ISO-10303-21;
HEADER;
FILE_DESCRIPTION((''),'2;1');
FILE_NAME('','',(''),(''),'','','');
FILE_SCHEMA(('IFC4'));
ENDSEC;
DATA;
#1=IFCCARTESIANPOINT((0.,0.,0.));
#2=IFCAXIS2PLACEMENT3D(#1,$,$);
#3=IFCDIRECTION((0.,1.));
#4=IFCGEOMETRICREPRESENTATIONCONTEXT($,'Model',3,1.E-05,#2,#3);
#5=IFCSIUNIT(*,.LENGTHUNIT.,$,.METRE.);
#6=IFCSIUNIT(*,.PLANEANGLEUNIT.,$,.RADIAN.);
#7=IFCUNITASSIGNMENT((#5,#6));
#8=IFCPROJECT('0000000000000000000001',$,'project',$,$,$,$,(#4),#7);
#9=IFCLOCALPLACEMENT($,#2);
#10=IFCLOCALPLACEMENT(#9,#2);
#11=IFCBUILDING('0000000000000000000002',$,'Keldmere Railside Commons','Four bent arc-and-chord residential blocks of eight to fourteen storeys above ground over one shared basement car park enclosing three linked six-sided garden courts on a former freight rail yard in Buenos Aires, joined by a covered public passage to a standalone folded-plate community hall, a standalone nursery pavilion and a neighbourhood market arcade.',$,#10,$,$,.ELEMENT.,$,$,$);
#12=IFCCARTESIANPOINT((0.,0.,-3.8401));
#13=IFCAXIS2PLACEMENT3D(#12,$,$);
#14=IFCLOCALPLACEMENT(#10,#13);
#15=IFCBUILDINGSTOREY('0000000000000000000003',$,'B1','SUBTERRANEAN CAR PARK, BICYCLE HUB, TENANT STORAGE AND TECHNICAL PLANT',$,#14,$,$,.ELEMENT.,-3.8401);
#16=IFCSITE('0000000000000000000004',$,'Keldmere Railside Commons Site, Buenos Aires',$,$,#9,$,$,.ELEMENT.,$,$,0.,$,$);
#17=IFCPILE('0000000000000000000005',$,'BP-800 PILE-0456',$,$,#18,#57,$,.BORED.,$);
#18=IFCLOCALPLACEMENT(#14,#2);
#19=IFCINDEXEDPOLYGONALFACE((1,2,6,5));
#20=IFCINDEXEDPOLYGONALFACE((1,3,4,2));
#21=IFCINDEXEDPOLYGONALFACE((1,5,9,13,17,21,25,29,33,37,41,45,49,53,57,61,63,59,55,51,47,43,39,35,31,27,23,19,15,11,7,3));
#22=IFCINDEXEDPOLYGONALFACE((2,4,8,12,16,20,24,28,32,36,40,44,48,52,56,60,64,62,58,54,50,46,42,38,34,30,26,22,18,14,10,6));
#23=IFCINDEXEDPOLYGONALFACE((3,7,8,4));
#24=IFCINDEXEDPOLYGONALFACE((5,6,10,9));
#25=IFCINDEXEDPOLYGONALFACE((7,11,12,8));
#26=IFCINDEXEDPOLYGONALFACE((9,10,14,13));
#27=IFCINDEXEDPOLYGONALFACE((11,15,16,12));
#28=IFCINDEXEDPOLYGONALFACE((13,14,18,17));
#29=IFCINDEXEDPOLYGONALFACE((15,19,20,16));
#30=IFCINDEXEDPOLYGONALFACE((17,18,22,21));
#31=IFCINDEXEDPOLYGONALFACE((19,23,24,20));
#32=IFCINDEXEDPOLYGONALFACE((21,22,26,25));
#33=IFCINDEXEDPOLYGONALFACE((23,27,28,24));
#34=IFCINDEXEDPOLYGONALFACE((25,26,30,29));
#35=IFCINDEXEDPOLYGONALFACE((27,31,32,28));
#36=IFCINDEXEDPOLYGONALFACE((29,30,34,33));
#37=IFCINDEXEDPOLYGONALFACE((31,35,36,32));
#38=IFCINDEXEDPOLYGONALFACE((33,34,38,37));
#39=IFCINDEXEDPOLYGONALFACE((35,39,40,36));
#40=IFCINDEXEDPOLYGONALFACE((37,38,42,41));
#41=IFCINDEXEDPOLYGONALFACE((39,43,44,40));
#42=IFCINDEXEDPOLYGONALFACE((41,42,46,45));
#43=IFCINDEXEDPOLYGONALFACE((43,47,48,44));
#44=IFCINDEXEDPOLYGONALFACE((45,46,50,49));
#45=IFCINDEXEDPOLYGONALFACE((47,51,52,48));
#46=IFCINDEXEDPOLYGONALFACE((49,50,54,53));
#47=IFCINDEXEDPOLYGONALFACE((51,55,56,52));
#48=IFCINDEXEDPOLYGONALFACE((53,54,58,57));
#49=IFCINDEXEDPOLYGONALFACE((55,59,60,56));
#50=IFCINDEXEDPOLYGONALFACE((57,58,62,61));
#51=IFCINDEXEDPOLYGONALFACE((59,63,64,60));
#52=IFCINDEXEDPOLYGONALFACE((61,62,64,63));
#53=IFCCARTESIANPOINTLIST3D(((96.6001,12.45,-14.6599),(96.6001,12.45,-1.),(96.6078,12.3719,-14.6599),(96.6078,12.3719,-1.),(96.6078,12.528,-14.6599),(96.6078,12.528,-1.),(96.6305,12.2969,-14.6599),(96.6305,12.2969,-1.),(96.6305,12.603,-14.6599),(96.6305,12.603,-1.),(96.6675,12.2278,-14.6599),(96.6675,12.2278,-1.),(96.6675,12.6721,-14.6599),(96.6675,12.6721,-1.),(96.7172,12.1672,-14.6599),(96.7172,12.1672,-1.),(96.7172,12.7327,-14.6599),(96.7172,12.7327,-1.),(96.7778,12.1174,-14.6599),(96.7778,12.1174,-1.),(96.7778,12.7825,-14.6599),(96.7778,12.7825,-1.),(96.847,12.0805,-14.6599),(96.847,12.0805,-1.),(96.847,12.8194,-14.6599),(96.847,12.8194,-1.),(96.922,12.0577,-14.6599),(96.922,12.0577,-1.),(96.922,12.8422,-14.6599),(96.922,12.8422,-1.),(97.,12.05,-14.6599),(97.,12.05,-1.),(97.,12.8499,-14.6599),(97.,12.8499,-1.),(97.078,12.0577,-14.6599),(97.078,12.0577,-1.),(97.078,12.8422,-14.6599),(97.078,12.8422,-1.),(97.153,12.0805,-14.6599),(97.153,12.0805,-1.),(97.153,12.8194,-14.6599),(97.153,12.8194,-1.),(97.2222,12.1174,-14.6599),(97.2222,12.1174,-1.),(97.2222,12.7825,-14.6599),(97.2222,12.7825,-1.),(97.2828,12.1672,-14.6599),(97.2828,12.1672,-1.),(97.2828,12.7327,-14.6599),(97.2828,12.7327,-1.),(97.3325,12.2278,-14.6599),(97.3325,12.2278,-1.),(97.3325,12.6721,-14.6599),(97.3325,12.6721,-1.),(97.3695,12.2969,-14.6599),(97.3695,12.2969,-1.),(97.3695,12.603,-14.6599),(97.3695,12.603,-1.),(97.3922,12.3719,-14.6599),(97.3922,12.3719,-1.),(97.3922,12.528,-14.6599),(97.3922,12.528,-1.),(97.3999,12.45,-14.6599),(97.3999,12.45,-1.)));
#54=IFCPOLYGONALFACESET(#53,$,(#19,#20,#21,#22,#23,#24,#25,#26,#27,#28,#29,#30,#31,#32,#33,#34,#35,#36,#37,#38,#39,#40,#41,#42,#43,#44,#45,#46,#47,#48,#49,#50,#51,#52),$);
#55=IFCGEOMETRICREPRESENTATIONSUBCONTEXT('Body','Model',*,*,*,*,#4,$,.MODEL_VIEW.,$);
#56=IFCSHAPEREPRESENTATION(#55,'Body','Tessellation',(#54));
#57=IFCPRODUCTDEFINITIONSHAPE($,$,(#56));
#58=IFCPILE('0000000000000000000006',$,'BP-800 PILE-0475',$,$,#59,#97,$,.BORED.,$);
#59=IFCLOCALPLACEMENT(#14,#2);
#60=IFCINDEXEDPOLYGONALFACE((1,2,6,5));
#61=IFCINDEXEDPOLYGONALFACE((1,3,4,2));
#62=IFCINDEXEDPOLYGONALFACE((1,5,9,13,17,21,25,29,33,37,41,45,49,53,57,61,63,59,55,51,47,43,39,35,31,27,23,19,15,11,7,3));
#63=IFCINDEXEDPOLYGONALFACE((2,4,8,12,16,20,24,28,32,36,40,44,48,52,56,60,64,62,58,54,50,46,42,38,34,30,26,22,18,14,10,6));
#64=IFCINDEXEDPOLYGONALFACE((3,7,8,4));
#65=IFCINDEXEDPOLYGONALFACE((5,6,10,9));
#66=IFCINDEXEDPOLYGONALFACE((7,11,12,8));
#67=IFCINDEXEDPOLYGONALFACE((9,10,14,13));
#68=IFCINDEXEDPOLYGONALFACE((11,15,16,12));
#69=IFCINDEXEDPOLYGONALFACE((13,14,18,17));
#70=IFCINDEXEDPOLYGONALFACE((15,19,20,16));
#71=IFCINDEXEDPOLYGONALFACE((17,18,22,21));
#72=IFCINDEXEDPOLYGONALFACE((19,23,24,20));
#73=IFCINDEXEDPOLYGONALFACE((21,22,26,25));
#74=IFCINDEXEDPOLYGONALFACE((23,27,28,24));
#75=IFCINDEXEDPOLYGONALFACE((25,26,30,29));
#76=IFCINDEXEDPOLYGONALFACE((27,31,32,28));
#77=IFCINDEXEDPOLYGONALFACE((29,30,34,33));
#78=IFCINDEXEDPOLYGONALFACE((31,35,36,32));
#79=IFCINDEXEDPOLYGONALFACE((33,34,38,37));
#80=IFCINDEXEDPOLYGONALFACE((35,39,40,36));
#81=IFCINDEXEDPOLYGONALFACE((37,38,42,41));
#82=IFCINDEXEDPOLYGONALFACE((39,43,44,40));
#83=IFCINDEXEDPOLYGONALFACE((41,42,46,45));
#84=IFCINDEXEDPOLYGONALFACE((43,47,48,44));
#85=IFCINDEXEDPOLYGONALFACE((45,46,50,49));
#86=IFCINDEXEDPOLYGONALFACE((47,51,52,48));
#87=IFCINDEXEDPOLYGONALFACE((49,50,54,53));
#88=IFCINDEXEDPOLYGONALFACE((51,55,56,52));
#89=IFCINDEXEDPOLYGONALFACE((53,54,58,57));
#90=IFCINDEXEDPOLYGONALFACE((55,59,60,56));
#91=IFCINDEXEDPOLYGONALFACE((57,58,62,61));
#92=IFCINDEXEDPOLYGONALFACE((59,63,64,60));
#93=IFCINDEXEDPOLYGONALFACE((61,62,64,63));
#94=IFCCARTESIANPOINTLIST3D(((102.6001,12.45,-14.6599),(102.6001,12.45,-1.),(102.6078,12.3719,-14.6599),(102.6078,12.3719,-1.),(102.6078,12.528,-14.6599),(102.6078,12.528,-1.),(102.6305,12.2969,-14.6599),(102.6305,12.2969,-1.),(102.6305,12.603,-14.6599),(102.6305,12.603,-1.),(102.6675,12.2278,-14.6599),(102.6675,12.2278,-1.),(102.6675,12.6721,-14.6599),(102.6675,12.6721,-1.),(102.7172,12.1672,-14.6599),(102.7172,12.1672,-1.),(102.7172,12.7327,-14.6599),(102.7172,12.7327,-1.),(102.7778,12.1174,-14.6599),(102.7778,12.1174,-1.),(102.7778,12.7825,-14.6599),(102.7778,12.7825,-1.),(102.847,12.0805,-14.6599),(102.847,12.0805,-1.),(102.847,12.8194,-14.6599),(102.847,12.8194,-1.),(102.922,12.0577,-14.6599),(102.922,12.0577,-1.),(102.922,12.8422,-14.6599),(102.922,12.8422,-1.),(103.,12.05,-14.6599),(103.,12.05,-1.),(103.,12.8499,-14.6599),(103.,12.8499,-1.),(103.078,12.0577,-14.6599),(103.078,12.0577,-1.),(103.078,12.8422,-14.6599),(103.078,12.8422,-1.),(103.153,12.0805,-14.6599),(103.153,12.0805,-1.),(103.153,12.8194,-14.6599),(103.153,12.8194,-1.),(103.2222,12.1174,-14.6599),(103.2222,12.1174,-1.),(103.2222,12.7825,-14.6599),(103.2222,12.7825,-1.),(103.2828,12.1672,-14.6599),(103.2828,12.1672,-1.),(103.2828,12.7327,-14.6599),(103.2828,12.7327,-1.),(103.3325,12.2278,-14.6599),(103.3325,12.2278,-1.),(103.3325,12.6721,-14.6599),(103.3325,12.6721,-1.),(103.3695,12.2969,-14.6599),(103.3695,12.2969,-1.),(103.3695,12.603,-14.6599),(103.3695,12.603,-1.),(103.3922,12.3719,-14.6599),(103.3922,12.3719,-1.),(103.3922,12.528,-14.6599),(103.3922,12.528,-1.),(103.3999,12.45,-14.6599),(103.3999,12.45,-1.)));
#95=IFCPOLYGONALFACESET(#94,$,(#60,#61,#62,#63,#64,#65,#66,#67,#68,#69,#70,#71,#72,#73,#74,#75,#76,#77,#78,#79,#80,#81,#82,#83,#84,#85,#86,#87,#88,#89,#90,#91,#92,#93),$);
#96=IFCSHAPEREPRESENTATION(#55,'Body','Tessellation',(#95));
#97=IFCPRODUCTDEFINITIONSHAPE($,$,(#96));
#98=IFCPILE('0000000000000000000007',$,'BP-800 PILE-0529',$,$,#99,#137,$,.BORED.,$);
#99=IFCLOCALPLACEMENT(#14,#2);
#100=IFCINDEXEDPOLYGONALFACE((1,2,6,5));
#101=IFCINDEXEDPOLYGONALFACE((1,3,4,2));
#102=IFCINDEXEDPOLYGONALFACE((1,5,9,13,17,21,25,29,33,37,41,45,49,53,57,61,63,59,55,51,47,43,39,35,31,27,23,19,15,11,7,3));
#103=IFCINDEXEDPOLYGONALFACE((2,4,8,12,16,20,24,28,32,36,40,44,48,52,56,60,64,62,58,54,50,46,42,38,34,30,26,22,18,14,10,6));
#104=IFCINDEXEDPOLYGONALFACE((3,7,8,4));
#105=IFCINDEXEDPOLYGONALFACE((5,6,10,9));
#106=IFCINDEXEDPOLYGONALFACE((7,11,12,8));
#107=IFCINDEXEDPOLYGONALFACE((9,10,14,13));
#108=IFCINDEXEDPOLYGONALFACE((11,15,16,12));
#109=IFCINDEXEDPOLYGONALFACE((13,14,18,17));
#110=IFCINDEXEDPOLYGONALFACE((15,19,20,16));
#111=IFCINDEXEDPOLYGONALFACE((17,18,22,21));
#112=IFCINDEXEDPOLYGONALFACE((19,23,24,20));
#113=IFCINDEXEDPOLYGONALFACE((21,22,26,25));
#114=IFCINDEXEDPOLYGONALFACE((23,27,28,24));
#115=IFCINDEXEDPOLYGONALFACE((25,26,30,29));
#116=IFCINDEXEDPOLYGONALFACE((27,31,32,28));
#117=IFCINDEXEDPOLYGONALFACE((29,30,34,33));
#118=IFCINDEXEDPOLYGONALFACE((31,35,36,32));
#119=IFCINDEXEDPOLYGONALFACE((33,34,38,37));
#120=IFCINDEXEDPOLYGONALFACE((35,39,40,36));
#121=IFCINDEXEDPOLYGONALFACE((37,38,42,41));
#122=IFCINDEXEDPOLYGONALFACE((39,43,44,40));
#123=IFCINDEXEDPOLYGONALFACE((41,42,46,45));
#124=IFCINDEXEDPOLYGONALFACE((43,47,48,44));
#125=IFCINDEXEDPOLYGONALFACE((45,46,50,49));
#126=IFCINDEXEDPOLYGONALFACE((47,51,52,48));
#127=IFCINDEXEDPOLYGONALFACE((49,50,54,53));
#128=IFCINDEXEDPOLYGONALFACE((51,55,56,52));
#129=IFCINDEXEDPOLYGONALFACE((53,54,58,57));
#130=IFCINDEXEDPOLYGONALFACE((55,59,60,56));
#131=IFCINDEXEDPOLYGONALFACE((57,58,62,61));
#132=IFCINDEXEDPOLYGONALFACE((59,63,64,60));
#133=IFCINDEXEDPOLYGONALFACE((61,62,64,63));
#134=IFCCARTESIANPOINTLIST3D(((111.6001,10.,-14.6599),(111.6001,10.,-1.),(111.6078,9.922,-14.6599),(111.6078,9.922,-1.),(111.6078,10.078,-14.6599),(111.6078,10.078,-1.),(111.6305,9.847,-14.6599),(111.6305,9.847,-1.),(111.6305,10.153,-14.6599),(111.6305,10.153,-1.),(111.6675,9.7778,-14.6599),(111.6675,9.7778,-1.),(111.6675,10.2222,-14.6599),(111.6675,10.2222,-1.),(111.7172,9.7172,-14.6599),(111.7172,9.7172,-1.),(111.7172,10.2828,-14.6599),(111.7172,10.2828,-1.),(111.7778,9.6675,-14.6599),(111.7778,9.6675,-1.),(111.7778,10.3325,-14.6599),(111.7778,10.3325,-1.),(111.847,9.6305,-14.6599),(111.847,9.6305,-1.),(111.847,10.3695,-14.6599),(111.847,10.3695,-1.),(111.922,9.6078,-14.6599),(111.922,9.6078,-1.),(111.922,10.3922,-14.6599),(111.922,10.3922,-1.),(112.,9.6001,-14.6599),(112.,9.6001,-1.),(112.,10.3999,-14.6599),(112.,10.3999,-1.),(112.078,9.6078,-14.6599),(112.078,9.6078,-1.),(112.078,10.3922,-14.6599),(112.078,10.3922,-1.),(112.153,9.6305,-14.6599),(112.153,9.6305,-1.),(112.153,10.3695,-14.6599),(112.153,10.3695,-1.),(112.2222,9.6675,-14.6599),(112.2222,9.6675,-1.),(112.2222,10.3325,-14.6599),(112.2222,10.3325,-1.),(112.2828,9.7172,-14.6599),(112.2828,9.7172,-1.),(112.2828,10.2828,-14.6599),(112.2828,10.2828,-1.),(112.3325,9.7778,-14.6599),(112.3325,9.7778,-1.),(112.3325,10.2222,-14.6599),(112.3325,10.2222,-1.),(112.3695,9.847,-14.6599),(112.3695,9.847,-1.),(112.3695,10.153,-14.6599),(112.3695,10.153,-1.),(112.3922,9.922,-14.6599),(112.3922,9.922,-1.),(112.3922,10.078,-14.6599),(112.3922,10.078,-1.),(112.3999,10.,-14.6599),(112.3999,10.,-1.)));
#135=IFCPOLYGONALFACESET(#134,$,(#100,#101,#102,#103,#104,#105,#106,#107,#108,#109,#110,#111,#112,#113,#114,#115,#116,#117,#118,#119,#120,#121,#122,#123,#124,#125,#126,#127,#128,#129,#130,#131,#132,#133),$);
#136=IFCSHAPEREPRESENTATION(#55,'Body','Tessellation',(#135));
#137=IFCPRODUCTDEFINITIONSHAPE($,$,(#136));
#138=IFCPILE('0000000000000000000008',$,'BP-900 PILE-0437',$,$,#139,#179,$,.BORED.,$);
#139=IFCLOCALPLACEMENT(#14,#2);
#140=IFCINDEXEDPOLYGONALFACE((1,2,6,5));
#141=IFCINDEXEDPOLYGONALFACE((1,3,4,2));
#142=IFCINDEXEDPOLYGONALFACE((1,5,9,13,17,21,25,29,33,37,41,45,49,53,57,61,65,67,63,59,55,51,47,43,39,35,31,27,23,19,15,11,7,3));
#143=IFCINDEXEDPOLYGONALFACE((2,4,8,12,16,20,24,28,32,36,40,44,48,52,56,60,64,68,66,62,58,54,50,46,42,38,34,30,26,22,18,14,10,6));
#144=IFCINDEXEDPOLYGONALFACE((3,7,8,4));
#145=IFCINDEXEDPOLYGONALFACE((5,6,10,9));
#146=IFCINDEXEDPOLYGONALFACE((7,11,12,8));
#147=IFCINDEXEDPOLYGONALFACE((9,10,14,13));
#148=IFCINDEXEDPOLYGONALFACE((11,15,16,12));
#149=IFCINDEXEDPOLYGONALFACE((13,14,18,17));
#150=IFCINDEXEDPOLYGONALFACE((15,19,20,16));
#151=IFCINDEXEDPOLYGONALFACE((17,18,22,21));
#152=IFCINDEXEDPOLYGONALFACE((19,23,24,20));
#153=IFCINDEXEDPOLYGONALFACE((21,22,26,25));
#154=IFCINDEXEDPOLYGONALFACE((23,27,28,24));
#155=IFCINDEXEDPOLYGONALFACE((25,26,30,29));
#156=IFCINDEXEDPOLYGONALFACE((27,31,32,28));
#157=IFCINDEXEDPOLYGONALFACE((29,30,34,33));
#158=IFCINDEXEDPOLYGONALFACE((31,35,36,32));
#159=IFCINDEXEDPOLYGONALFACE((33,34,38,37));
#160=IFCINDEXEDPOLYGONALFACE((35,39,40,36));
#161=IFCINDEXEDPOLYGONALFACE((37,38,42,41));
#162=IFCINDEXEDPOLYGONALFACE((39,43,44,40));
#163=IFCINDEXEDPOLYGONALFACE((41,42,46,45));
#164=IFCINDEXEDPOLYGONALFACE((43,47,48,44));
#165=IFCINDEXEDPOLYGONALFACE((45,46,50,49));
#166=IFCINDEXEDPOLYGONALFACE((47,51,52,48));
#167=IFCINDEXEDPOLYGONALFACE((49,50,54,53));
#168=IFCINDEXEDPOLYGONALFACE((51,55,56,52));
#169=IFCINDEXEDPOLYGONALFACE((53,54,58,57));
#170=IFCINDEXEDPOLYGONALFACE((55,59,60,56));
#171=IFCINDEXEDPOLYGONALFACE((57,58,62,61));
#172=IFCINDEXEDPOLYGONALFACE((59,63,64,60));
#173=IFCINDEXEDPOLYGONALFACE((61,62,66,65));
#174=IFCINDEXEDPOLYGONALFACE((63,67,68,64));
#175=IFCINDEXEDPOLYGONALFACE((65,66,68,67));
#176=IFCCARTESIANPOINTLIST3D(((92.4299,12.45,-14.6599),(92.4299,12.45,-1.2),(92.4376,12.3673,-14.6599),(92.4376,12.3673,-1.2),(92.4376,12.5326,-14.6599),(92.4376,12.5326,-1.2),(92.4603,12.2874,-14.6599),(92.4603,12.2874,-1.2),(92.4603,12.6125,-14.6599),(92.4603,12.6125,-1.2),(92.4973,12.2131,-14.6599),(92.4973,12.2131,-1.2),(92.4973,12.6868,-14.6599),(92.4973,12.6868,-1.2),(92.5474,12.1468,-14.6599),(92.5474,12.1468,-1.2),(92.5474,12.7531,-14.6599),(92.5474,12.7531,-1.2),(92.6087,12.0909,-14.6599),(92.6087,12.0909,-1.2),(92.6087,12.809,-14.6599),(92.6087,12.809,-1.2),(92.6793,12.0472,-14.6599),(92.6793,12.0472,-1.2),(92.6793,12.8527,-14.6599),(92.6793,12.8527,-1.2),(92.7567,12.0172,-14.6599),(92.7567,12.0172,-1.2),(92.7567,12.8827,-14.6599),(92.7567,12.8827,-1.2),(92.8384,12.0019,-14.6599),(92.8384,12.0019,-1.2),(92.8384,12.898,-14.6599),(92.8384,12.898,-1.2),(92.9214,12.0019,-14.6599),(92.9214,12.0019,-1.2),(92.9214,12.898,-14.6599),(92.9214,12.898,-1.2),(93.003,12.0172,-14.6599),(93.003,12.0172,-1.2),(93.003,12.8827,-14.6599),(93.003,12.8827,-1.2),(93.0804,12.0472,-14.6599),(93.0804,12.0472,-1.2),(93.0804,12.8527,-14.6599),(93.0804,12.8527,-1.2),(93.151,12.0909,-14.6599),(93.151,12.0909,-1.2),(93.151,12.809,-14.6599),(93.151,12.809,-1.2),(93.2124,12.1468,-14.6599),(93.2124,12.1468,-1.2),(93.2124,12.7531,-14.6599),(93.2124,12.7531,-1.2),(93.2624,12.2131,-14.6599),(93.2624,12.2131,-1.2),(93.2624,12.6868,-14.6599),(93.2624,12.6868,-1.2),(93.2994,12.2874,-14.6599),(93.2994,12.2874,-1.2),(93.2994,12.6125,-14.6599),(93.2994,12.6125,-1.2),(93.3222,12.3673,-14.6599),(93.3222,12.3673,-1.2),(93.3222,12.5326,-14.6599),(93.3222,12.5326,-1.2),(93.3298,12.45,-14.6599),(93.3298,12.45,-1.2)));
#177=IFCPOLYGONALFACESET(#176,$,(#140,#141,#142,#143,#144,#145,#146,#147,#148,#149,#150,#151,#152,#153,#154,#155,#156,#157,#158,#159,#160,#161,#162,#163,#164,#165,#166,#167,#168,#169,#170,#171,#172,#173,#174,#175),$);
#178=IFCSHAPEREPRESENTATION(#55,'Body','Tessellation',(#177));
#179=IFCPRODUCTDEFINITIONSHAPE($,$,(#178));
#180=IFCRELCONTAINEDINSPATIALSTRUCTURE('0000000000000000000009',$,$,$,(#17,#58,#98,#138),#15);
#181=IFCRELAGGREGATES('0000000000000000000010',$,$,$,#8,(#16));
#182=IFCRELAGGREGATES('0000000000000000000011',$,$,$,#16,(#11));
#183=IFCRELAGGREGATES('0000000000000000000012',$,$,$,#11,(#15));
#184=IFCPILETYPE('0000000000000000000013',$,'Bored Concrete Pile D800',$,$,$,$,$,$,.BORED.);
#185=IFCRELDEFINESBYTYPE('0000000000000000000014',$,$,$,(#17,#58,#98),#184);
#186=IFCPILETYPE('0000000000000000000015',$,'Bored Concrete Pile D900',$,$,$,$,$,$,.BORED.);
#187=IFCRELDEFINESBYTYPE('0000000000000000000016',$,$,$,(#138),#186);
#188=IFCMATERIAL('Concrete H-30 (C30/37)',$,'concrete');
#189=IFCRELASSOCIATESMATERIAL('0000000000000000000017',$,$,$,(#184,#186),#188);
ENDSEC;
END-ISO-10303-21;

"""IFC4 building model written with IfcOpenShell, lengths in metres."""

from ifc_helpers import new_model, si_unit, direction, frame, origin, origin_2d, place, context, subcontext, project, spatial, circle, extrude, material, material_profile, profile_set, type_object, element, save


model = new_model("IFC4")

# Units and contexts
model_context = context("Model", 3, precision=1e-05, world=origin(), true_north=direction((0.0, 1.0)))
body_context = subcontext(model_context, "Body", "Model", "MODEL_VIEW")
ifc_project = project(units=[si_unit("LENGTHUNIT", "METRE"), si_unit("PLANEANGLEUNIT", "RADIAN")], contexts=[model_context])

# Site, building, storey
site_placement = place(None, origin())
site = spatial("IfcSite", under=ifc_project, at=site_placement, Name="Keldmere Railside Commons Site, Buenos Aires", CompositionType="ELEMENT", RefElevation=0.0)
building_placement = place(site_placement, origin())
building = spatial("IfcBuilding", under=site, at=building_placement, Name="Keldmere Railside Commons", Description="Four bent arc-and-chord residential blocks of eight to fourteen storeys above ground over one shared basement car park enclosing three linked six-sided garden courts on a former freight rail yard in Buenos Aires, joined by a covered public passage to a standalone folded-plate community hall, a standalone nursery pavilion and a neighbourhood market arcade.", CompositionType="ELEMENT")
storey_placement = place(building_placement, frame((0.0, 0.0, -3.8401)))
storey = spatial("IfcBuildingStorey", under=building, at=storey_placement, Name="B1", Description="SUBTERRANEAN CAR PARK, BICYCLE HUB, TENANT STORAGE AND TECHNICAL PLANT", CompositionType="ELEMENT", Elevation=-3.8401)

# Piles
ifc_material_1 = material(Name="Concrete H-30 (C30/37)", Category="concrete")
ifc_material_profile_1 = material_profile(ifc_material_1, circle(Radius=0.3999, at=origin_2d()), Name="PILE-D800")
ifc_profile_set_1 = profile_set([ifc_material_profile_1], Name="Concrete H-30 (C30/37)")
pile_type_1 = type_object("IfcPileType", Name="Bored Concrete Pile D800", PredefinedType="BORED", material=ifc_profile_set_1)
for number, where, z_axis, x_axis, name in (
    (1, (97.0, 12.45, -1.0), (0.0, 0.0, -1.0), (1.0, 0.0, 0.0), "BP-800 PILE-0456"),
    (2, (103.0, 12.45, -1.0), (0.0, 0.0, -1.0), (1.0, 0.0, 0.0), "BP-800 PILE-0475"),
    (3, (112.0, 10.0, -1.0), (0.0, 0.0, -1.0), (1.0, 0.0, 0.0), "BP-800 PILE-0529"),
):
    element("IfcPile", number, at=place(storey_placement, frame(where, z_axis=z_axis, x_axis=x_axis)), inside=storey, type_object=pile_type_1, Name=name, PredefinedType="BORED", context=body_context, shape_type="SweptSolid", body=[
        extrude(circle(Radius=0.3999, at=origin_2d()), origin(), (0.0, 0.0, 1.0), 13.6599),
    ])
ifc_material_profile_2 = material_profile(ifc_material_1, circle(Radius=0.45, at=origin_2d()), Name="PILE-D900")
ifc_profile_set_2 = profile_set([ifc_material_profile_2], Name="Concrete H-30 (C30/37)")
pile_type_2 = type_object("IfcPileType", Name="Bored Concrete Pile D900", PredefinedType="BORED", material=ifc_profile_set_2)
for number, where, z_axis, x_axis, name in (
    (4, (92.8799, 12.45, -1.2), (0.0, 0.0, -1.0), (1.0, 0.0, 0.0), "BP-900 PILE-0437"),
):
    element("IfcPile", number, at=place(storey_placement, frame(where, z_axis=z_axis, x_axis=x_axis)), inside=storey, type_object=pile_type_2, Name=name, PredefinedType="BORED", context=body_context, shape_type="SweptSolid", body=[
        extrude(circle(Radius=0.45, at=origin_2d()), origin(), (0.0, 0.0, 1.0), 13.46),
    ])

save(model, "model.ifc")
